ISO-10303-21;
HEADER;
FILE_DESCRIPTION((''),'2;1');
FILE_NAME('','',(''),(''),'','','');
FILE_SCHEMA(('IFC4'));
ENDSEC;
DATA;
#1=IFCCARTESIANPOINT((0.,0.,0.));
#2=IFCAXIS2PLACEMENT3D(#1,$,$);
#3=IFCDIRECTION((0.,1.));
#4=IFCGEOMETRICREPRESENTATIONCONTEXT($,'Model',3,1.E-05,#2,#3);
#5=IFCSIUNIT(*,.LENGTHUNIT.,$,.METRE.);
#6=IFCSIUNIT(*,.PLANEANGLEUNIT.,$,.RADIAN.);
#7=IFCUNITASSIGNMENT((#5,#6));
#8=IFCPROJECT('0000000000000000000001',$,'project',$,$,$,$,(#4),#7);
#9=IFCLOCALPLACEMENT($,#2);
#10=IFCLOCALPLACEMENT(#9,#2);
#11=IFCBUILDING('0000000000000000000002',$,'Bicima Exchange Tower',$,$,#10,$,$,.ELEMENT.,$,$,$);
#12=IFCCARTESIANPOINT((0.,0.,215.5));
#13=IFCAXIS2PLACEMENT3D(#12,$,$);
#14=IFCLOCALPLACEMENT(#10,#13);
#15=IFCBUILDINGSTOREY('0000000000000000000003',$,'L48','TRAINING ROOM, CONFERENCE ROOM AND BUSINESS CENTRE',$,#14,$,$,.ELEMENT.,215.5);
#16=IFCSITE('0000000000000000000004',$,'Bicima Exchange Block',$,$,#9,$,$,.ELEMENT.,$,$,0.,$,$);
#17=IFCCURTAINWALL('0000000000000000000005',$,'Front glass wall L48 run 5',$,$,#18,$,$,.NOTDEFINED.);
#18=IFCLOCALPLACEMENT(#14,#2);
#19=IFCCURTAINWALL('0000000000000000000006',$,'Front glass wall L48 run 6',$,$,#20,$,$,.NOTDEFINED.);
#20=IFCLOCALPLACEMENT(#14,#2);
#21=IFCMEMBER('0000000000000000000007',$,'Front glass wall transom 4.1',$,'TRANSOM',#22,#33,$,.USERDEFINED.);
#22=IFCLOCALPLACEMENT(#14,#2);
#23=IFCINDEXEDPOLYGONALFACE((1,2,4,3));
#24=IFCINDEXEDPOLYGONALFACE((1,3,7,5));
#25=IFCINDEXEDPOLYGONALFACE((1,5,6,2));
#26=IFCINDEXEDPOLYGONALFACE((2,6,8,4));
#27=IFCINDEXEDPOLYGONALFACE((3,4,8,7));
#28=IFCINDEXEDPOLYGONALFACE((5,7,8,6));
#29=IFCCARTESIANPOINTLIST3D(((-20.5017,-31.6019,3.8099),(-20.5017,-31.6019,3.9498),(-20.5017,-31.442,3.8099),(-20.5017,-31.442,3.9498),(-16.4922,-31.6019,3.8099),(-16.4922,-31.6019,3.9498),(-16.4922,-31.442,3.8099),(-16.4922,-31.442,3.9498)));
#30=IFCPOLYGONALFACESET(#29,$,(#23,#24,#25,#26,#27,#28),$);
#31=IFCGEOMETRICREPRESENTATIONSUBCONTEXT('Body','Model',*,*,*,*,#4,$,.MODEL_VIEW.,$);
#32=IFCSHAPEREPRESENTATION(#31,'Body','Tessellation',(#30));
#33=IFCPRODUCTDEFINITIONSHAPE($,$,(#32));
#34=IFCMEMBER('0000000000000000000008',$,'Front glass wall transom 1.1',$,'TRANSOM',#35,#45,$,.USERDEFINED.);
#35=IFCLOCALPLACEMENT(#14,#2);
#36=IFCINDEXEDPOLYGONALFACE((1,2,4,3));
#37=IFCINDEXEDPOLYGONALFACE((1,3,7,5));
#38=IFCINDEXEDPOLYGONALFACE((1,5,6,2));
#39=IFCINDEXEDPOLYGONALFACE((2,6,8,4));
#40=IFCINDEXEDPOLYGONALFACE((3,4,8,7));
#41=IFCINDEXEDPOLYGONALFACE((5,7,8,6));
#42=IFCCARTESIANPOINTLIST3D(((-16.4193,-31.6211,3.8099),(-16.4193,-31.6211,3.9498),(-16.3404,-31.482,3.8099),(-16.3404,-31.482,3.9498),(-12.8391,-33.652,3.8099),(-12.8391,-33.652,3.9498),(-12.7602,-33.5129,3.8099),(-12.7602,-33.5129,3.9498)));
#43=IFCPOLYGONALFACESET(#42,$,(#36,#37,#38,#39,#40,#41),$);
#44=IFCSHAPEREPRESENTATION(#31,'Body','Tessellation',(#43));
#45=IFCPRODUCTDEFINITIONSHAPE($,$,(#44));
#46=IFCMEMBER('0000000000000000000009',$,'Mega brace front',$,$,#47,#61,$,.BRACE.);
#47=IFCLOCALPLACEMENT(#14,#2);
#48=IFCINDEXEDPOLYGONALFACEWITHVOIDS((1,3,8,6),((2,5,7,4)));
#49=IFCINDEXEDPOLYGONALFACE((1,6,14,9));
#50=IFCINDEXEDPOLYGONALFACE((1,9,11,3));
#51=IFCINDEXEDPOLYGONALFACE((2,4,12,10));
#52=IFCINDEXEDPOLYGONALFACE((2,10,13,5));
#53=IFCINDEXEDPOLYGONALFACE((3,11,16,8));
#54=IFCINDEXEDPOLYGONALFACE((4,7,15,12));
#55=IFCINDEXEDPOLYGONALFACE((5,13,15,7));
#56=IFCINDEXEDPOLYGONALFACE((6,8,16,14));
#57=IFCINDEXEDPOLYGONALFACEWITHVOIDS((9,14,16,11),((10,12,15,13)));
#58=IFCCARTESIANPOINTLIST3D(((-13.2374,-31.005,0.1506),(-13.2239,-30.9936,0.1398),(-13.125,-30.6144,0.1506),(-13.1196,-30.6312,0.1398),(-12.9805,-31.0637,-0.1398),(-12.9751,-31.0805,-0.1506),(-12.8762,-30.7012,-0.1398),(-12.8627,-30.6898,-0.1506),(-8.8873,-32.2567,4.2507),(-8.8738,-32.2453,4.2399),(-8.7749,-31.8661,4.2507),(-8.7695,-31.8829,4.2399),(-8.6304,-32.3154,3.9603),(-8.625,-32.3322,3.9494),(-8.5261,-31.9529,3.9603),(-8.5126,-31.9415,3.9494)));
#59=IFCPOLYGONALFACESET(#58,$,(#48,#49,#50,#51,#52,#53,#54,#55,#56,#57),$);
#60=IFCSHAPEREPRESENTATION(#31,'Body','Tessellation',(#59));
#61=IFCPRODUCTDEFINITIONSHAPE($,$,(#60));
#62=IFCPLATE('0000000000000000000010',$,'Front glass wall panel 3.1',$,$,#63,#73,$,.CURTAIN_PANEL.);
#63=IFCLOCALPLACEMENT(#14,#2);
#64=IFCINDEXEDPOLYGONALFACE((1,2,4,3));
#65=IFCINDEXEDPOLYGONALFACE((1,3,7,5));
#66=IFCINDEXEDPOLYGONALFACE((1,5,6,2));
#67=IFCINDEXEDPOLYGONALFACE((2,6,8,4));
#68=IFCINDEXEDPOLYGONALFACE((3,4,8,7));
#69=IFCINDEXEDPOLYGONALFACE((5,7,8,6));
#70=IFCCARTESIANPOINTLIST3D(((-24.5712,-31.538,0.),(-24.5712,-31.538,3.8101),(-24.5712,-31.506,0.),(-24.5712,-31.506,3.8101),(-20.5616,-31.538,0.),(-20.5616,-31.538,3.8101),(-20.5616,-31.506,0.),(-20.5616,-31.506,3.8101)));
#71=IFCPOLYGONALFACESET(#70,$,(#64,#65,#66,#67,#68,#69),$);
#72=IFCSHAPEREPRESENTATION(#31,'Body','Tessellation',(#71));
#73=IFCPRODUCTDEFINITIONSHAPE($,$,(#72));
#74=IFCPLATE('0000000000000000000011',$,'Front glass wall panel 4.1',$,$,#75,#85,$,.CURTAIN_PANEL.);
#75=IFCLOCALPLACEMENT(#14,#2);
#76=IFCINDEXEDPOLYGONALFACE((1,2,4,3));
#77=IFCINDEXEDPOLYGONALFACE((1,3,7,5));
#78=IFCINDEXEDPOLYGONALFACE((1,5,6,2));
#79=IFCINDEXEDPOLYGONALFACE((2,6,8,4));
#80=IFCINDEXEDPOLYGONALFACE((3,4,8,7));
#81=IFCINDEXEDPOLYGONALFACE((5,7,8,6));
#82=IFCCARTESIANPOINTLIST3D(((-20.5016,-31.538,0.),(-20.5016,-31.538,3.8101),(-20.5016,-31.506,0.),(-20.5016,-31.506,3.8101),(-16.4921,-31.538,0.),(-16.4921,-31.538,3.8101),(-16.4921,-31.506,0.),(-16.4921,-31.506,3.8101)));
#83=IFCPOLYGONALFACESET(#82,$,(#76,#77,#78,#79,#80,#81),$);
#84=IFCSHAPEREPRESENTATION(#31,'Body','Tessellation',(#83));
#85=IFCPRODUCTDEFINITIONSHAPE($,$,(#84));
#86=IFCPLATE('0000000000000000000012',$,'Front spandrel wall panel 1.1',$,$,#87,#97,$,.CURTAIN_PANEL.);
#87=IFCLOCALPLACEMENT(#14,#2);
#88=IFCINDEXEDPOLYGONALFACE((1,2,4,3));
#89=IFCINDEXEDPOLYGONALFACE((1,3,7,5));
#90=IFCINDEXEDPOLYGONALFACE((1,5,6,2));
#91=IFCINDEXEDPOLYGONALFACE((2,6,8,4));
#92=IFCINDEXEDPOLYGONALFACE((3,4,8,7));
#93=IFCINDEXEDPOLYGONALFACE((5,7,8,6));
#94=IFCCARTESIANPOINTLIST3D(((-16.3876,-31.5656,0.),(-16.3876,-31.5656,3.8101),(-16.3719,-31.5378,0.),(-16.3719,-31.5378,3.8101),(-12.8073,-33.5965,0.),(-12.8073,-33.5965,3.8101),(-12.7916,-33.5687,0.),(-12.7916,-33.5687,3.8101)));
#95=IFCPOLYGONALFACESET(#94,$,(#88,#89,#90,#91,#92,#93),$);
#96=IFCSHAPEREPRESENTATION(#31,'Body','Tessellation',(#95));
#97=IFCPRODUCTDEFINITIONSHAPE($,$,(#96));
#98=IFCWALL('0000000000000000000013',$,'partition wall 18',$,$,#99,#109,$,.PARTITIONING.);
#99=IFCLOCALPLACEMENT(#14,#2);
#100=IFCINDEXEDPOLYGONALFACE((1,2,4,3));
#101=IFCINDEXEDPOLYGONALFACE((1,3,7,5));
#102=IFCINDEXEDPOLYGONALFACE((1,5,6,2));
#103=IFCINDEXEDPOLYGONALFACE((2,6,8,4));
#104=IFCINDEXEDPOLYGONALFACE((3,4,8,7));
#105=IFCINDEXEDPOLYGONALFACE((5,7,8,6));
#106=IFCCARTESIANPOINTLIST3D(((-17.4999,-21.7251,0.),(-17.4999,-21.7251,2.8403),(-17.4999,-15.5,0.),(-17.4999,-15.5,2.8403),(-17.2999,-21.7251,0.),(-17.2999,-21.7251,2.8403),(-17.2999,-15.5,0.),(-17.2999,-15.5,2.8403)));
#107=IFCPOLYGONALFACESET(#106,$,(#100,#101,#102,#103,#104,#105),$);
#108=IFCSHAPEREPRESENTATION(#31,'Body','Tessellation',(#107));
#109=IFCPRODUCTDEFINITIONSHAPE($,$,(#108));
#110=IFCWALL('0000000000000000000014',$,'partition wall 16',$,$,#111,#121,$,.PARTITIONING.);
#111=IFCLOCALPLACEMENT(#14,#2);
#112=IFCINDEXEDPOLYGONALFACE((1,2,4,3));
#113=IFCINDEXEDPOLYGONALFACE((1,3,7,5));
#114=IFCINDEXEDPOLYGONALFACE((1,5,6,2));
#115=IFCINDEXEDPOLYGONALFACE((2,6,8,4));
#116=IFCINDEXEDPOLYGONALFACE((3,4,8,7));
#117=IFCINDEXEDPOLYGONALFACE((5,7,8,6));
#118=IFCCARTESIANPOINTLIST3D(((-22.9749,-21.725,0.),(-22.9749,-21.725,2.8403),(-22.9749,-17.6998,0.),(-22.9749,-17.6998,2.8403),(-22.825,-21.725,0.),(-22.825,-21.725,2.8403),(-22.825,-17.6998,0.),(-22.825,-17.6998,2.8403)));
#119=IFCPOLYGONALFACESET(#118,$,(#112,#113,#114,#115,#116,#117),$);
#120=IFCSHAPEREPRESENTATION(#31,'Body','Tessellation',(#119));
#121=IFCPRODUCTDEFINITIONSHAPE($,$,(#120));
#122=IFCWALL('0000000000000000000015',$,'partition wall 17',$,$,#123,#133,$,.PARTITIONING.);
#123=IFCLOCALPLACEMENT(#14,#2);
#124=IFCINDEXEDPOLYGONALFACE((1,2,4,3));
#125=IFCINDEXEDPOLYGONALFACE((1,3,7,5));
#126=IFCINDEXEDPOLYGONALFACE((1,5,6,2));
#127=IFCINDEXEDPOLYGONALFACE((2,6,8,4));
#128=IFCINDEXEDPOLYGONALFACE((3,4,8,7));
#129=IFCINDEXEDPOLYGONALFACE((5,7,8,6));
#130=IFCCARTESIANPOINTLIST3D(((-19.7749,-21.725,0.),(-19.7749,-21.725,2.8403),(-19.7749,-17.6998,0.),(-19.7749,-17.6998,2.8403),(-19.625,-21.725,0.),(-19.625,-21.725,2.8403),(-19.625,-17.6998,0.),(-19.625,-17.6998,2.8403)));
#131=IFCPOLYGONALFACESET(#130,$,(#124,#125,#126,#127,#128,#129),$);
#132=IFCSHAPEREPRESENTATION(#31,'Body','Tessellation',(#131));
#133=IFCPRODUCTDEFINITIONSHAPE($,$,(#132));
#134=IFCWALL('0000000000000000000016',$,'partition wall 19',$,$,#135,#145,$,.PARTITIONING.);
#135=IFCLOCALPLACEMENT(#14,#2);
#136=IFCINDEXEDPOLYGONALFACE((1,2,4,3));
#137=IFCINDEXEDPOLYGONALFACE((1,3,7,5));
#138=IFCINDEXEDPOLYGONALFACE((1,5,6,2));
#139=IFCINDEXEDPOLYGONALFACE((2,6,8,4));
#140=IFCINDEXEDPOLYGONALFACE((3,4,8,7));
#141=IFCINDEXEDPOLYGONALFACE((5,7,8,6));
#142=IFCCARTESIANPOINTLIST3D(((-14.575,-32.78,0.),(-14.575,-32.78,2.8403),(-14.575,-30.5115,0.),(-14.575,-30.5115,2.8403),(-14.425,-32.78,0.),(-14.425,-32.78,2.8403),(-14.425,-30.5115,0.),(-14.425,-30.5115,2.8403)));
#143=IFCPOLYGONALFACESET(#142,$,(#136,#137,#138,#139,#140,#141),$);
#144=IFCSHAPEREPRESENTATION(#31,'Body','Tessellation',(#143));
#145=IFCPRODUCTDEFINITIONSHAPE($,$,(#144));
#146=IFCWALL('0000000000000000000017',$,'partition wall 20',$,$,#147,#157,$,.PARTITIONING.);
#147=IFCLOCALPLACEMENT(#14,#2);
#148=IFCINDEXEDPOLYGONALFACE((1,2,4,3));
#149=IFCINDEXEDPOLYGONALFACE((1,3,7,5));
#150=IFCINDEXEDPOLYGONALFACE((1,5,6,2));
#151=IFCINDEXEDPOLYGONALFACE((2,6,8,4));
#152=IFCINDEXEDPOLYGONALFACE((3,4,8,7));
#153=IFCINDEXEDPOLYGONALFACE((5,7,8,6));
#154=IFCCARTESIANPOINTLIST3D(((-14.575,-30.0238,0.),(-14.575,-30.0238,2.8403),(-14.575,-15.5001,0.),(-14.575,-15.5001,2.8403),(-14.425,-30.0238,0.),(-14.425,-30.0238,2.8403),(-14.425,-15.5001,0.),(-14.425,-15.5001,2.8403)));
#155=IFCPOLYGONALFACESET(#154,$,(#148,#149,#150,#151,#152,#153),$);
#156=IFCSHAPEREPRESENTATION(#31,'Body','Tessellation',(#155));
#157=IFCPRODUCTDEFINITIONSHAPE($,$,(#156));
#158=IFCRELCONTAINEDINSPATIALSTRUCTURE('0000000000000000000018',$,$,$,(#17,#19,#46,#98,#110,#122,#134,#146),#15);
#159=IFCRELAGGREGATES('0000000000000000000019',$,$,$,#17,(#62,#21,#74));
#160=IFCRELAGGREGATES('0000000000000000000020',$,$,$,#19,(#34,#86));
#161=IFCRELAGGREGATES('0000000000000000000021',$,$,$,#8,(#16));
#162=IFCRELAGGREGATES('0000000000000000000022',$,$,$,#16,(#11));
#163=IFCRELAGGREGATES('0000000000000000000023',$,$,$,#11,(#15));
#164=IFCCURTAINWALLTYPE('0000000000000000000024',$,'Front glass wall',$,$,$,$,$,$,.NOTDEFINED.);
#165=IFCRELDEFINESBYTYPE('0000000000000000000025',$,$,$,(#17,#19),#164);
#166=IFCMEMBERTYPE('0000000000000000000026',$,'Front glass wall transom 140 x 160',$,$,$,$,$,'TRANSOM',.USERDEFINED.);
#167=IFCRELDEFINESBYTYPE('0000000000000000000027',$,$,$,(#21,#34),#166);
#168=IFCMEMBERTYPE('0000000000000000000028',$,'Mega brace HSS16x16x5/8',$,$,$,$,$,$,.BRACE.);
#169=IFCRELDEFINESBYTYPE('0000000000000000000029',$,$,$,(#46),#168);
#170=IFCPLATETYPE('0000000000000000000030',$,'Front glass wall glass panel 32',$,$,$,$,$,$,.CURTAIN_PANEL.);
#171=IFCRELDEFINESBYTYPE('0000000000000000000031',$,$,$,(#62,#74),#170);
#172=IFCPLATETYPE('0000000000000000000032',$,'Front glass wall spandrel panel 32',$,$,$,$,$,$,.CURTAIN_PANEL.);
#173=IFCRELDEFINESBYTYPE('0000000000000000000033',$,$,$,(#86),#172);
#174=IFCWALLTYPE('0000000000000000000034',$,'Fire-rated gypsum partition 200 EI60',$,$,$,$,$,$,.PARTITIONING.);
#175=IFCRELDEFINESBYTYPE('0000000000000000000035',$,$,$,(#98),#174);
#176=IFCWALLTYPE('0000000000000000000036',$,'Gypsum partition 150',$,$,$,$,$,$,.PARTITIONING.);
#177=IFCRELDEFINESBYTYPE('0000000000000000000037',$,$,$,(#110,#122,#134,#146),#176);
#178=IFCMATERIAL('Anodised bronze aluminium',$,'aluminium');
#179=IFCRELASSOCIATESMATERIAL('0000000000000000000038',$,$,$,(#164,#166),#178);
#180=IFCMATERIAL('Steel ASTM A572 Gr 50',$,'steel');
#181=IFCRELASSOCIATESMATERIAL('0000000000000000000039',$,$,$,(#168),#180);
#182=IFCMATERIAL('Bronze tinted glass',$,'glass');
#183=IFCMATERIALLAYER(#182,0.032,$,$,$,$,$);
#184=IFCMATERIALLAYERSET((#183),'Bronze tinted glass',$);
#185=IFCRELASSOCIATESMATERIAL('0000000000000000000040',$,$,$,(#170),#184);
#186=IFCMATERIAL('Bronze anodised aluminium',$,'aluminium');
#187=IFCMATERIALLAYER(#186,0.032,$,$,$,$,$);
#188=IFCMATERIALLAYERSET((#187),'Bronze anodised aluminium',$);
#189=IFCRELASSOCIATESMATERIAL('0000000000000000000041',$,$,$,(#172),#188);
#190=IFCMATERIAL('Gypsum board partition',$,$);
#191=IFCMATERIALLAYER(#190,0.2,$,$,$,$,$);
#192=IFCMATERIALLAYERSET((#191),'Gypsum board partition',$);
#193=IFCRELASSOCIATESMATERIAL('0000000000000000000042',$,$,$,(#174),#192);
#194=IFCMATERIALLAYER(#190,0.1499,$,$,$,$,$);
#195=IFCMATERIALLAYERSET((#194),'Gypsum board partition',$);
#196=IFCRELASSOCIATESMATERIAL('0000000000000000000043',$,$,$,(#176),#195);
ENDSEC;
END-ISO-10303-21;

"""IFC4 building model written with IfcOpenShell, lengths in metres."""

from ifc_helpers import new_model, si_unit, direction, frame, frame_2d, origin, origin_2d, place, context, subcontext, project, spatial, rectangle, hollow_rectangle, extrude, material, layer, layer_set, material_profile, profile_set, type_object, element, aggregate, save


model = new_model("IFC4")

# Units and contexts
model_context = context("Model", 3, precision=1e-05, world=origin(), true_north=direction((0.0, 1.0)))
body_context = subcontext(model_context, "Body", "Model", "MODEL_VIEW")
ifc_project = project(units=[si_unit("LENGTHUNIT", "METRE"), si_unit("PLANEANGLEUNIT", "RADIAN")], contexts=[model_context])

# Site, building, storey
site_placement = place(None, origin())
site = spatial("IfcSite", under=ifc_project, at=site_placement, Name="Bicima Exchange Block", CompositionType="ELEMENT", RefElevation=0.0)
building_placement = place(site_placement, origin())
building = spatial("IfcBuilding", under=site, at=building_placement, Name="Bicima Exchange Tower", CompositionType="ELEMENT")
storey_placement = place(building_placement, frame((0.0, 0.0, 215.5)))
storey = spatial("IfcBuildingStorey", under=building, at=storey_placement, Name="L48", Description="TRAINING ROOM, CONFERENCE ROOM AND BUSINESS CENTRE", CompositionType="ELEMENT", Elevation=215.5)

# Curtain wall
ifc_material_1 = material(Name="Anodised bronze aluminium", Category="aluminium")
curtain_wall_type = type_object("IfcCurtainWallType", Name="Front glass wall", PredefinedType="NOTDEFINED", material=ifc_material_1)
curtain_wall_1_placement = place(storey_placement, origin())
curtain_wall_1 = element("IfcCurtainWall", 1, at=curtain_wall_1_placement, inside=storey, type_object=curtain_wall_type, Name="Front glass wall L48 run 5", PredefinedType="NOTDEFINED")

# Curtain wall
curtain_wall_2_placement = place(storey_placement, origin())
curtain_wall_2 = element("IfcCurtainWall", 2, at=curtain_wall_2_placement, inside=storey, type_object=curtain_wall_type, Name="Front glass wall L48 run 6", PredefinedType="NOTDEFINED")

# Members
ifc_material_profile_1 = material_profile(ifc_material_1, rectangle(XDim=0.1599, YDim=0.1399, at=origin_2d()))
ifc_profile_set_1 = profile_set([ifc_material_profile_1], Name="Anodised bronze aluminium")
member_type_1 = type_object("IfcMemberType", Name="Front glass wall transom 140 x 160", ElementType="TRANSOM", PredefinedType="USERDEFINED", material=ifc_profile_set_1)
member_1_placement = place(storey_placement, frame((-20.5017, -31.522, 3.8799), z_axis=(1.0, 0.0, 0.0), x_axis=(0.0, 1.0, 0.0)))
member_1 = element("IfcMember", 3, at=member_1_placement, type_object=member_type_1, Name="Front glass wall transom 4.1", ObjectType="TRANSOM", PredefinedType="USERDEFINED", context=body_context, shape_type="SweptSolid", body=[
    extrude(rectangle(XDim=0.1599, YDim=0.1399, at=origin_2d()), origin(), (0.0, 0.0, 1.0), 4.0095),
])
member_2_placement = place(storey_placement, frame((-16.3799, -31.5515, 3.8799), z_axis=(0.869797, -0.493409, 0.0), x_axis=(0.493409, 0.869797, 0.0)))
member_2 = element("IfcMember", 4, at=member_2_placement, type_object=member_type_1, Name="Front glass wall transom 1.1", ObjectType="TRANSOM", PredefinedType="USERDEFINED", context=body_context, shape_type="SweptSolid", body=[
    extrude(rectangle(XDim=0.1599, YDim=0.1399, at=origin_2d()), origin(), (0.0, 0.0, 1.0), 4.1162),
])
ifc_material_2 = material(Name="Steel ASTM A572 Gr 50", Category="steel")
ifc_material_profile_2 = material_profile(ifc_material_2, hollow_rectangle(XDim=0.4065, YDim=0.4065, WallThickness=0.0146, at=origin_2d()))
ifc_profile_set_2 = profile_set([ifc_material_profile_2], Name="Steel ASTM A572 Gr 50")
member_type_2 = type_object("IfcMemberType", Name="Mega brace HSS16x16x5/8", PredefinedType="BRACE", material=ifc_profile_set_2)
member_3_placement = place(storey_placement, frame((-13.05, -30.8474, 0.0), z_axis=(0.712261, -0.204948, 0.671327), x_axis=(0.276523, 0.961007, 0.0)))
element("IfcMember", 5, at=member_3_placement, inside=storey, type_object=member_type_2, Name="Mega brace front", PredefinedType="BRACE", context=body_context, shape_type="SweptSolid", body=[
    extrude(hollow_rectangle(XDim=0.4065, YDim=0.4065, WallThickness=0.0146, at=origin_2d()), origin(), (0.0, 0.0, 1.0), 6.1074),
])

# Plates
ifc_material_3 = material(Name="Bronze tinted glass", Category="glass")
ifc_layer_1 = layer(ifc_material_3, 0.032)
ifc_layer_set_1 = layer_set([ifc_layer_1], Name="Bronze tinted glass")
plate_type_1 = type_object("IfcPlateType", Name="Front glass wall glass panel 32", PredefinedType="CURTAIN_PANEL", material=ifc_layer_set_1)
plate_1_placement = place(storey_placement, frame((-22.5664, -31.522, 0.0), z_axis=(0.0, 0.0, 1.0), x_axis=(1.0, 0.0, 0.0)))
plate_1 = element("IfcPlate", 6, at=plate_1_placement, type_object=plate_type_1, Name="Front glass wall panel 3.1", PredefinedType="CURTAIN_PANEL", context=body_context, shape_type="SweptSolid", body=[
    extrude(rectangle(XDim=4.0095, YDim=0.032, at=origin_2d()), origin(), (0.0, 0.0, 1.0), 3.8101),
])
plate_2_placement = place(storey_placement, frame((-18.4968, -31.522, 0.0), z_axis=(0.0, 0.0, 1.0), x_axis=(1.0, 0.0, 0.0)))
plate_2 = element("IfcPlate", 7, at=plate_2_placement, type_object=plate_type_1, Name="Front glass wall panel 4.1", PredefinedType="CURTAIN_PANEL", context=body_context, shape_type="SweptSolid", body=[
    extrude(rectangle(XDim=4.0095, YDim=0.032, at=origin_2d()), origin(), (0.0, 0.0, 1.0), 3.8101),
])
aggregate(curtain_wall_1, [plate_1, member_1, plate_2])
ifc_material_4 = material(Name="Bronze anodised aluminium", Category="aluminium")
ifc_layer_2 = layer(ifc_material_4, 0.032)
ifc_layer_set_2 = layer_set([ifc_layer_2], Name="Bronze anodised aluminium")
plate_type_2 = type_object("IfcPlateType", Name="Front glass wall spandrel panel 32", PredefinedType="CURTAIN_PANEL", material=ifc_layer_set_2)
plate_3_placement = place(storey_placement, frame((-14.5896, -32.5671, 0.0), z_axis=(0.0, 0.0, 1.0), x_axis=(0.869805, -0.493395, 0.0)))
plate_3 = element("IfcPlate", 8, at=plate_3_placement, type_object=plate_type_2, Name="Front spandrel wall panel 1.1", PredefinedType="CURTAIN_PANEL", context=body_context, shape_type="SweptSolid", body=[
    extrude(rectangle(XDim=4.1162, YDim=0.032, at=origin_2d()), origin(), (0.0, 0.0, 1.0), 3.8101),
])
aggregate(curtain_wall_2, [member_2, plate_3])

# Walls
ifc_material_5 = material(Name="Gypsum board partition")
ifc_layer_3 = layer(ifc_material_5, 0.2)
ifc_layer_set_3 = layer_set([ifc_layer_3], Name="Gypsum board partition")
wall_type_1 = type_object("IfcWallType", Name="Fire-rated gypsum partition 200 EI60", PredefinedType="PARTITIONING", material=ifc_layer_set_3)
wall_1_placement = place(storey_placement, frame((-17.3999, -21.7251, 0.0), z_axis=(0.0, 0.0, 1.0), x_axis=(0.0, 1.0, 0.0)))
element("IfcWall", 9, at=wall_1_placement, inside=storey, type_object=wall_type_1, Name="partition wall 18", PredefinedType="PARTITIONING", context=body_context, shape_type="SweptSolid", body=[
    extrude(rectangle(XDim=6.2251, YDim=0.2, at=frame_2d((3.1125, 0.0))), origin(), (0.0, 0.0, 1.0), 2.8403),
])
ifc_layer_4 = layer(ifc_material_5, 0.1499)
ifc_layer_set_4 = layer_set([ifc_layer_4], Name="Gypsum board partition")
wall_type_2 = type_object("IfcWallType", Name="Gypsum partition 150", PredefinedType="PARTITIONING", material=ifc_layer_set_4)
for number, where, z_axis, x_axis, name in (
    (10, (-22.8999, -21.7251, 0.0), (0.0, 0.0, 1.0), (0.0, 1.0, 0.0), "partition wall 16"),
    (11, (-19.7, -21.7251, 0.0), (0.0, 0.0, 1.0), (0.0, 1.0, 0.0), "partition wall 17"),
):
    element("IfcWall", number, at=place(storey_placement, frame(where, z_axis=z_axis, x_axis=x_axis)), inside=storey, type_object=wall_type_2, Name=name, PredefinedType="PARTITIONING", context=body_context, shape_type="SweptSolid", body=[
        extrude(rectangle(XDim=4.0251, YDim=0.1499, at=frame_2d((2.0127, 0.0))), origin(), (0.0, 0.0, 1.0), 2.8403),
    ])
wall_2_placement = place(storey_placement, frame((-14.5, -32.78, 0.0), z_axis=(0.0, 0.0, 1.0), x_axis=(0.0, 1.0, 0.0)))
element("IfcWall", 12, at=wall_2_placement, inside=storey, type_object=wall_type_2, Name="partition wall 19", PredefinedType="PARTITIONING", context=body_context, shape_type="SweptSolid", body=[
    extrude(rectangle(XDim=2.2686, YDim=0.1499, at=frame_2d((1.1343, 0.0))), origin(), (0.0, 0.0, 1.0), 2.8403),
])
wall_3_placement = place(storey_placement, frame((-14.5, -30.0237, 0.0), z_axis=(0.0, 0.0, 1.0), x_axis=(0.0, 1.0, 0.0)))
element("IfcWall", 13, at=wall_3_placement, inside=storey, type_object=wall_type_2, Name="partition wall 20", PredefinedType="PARTITIONING", context=body_context, shape_type="SweptSolid", body=[
    extrude(rectangle(XDim=14.5237, YDim=0.1499, at=frame_2d((7.2617, 0.0))), origin(), (0.0, 0.0, 1.0), 2.8403),
])

save(model, "model.ifc")
